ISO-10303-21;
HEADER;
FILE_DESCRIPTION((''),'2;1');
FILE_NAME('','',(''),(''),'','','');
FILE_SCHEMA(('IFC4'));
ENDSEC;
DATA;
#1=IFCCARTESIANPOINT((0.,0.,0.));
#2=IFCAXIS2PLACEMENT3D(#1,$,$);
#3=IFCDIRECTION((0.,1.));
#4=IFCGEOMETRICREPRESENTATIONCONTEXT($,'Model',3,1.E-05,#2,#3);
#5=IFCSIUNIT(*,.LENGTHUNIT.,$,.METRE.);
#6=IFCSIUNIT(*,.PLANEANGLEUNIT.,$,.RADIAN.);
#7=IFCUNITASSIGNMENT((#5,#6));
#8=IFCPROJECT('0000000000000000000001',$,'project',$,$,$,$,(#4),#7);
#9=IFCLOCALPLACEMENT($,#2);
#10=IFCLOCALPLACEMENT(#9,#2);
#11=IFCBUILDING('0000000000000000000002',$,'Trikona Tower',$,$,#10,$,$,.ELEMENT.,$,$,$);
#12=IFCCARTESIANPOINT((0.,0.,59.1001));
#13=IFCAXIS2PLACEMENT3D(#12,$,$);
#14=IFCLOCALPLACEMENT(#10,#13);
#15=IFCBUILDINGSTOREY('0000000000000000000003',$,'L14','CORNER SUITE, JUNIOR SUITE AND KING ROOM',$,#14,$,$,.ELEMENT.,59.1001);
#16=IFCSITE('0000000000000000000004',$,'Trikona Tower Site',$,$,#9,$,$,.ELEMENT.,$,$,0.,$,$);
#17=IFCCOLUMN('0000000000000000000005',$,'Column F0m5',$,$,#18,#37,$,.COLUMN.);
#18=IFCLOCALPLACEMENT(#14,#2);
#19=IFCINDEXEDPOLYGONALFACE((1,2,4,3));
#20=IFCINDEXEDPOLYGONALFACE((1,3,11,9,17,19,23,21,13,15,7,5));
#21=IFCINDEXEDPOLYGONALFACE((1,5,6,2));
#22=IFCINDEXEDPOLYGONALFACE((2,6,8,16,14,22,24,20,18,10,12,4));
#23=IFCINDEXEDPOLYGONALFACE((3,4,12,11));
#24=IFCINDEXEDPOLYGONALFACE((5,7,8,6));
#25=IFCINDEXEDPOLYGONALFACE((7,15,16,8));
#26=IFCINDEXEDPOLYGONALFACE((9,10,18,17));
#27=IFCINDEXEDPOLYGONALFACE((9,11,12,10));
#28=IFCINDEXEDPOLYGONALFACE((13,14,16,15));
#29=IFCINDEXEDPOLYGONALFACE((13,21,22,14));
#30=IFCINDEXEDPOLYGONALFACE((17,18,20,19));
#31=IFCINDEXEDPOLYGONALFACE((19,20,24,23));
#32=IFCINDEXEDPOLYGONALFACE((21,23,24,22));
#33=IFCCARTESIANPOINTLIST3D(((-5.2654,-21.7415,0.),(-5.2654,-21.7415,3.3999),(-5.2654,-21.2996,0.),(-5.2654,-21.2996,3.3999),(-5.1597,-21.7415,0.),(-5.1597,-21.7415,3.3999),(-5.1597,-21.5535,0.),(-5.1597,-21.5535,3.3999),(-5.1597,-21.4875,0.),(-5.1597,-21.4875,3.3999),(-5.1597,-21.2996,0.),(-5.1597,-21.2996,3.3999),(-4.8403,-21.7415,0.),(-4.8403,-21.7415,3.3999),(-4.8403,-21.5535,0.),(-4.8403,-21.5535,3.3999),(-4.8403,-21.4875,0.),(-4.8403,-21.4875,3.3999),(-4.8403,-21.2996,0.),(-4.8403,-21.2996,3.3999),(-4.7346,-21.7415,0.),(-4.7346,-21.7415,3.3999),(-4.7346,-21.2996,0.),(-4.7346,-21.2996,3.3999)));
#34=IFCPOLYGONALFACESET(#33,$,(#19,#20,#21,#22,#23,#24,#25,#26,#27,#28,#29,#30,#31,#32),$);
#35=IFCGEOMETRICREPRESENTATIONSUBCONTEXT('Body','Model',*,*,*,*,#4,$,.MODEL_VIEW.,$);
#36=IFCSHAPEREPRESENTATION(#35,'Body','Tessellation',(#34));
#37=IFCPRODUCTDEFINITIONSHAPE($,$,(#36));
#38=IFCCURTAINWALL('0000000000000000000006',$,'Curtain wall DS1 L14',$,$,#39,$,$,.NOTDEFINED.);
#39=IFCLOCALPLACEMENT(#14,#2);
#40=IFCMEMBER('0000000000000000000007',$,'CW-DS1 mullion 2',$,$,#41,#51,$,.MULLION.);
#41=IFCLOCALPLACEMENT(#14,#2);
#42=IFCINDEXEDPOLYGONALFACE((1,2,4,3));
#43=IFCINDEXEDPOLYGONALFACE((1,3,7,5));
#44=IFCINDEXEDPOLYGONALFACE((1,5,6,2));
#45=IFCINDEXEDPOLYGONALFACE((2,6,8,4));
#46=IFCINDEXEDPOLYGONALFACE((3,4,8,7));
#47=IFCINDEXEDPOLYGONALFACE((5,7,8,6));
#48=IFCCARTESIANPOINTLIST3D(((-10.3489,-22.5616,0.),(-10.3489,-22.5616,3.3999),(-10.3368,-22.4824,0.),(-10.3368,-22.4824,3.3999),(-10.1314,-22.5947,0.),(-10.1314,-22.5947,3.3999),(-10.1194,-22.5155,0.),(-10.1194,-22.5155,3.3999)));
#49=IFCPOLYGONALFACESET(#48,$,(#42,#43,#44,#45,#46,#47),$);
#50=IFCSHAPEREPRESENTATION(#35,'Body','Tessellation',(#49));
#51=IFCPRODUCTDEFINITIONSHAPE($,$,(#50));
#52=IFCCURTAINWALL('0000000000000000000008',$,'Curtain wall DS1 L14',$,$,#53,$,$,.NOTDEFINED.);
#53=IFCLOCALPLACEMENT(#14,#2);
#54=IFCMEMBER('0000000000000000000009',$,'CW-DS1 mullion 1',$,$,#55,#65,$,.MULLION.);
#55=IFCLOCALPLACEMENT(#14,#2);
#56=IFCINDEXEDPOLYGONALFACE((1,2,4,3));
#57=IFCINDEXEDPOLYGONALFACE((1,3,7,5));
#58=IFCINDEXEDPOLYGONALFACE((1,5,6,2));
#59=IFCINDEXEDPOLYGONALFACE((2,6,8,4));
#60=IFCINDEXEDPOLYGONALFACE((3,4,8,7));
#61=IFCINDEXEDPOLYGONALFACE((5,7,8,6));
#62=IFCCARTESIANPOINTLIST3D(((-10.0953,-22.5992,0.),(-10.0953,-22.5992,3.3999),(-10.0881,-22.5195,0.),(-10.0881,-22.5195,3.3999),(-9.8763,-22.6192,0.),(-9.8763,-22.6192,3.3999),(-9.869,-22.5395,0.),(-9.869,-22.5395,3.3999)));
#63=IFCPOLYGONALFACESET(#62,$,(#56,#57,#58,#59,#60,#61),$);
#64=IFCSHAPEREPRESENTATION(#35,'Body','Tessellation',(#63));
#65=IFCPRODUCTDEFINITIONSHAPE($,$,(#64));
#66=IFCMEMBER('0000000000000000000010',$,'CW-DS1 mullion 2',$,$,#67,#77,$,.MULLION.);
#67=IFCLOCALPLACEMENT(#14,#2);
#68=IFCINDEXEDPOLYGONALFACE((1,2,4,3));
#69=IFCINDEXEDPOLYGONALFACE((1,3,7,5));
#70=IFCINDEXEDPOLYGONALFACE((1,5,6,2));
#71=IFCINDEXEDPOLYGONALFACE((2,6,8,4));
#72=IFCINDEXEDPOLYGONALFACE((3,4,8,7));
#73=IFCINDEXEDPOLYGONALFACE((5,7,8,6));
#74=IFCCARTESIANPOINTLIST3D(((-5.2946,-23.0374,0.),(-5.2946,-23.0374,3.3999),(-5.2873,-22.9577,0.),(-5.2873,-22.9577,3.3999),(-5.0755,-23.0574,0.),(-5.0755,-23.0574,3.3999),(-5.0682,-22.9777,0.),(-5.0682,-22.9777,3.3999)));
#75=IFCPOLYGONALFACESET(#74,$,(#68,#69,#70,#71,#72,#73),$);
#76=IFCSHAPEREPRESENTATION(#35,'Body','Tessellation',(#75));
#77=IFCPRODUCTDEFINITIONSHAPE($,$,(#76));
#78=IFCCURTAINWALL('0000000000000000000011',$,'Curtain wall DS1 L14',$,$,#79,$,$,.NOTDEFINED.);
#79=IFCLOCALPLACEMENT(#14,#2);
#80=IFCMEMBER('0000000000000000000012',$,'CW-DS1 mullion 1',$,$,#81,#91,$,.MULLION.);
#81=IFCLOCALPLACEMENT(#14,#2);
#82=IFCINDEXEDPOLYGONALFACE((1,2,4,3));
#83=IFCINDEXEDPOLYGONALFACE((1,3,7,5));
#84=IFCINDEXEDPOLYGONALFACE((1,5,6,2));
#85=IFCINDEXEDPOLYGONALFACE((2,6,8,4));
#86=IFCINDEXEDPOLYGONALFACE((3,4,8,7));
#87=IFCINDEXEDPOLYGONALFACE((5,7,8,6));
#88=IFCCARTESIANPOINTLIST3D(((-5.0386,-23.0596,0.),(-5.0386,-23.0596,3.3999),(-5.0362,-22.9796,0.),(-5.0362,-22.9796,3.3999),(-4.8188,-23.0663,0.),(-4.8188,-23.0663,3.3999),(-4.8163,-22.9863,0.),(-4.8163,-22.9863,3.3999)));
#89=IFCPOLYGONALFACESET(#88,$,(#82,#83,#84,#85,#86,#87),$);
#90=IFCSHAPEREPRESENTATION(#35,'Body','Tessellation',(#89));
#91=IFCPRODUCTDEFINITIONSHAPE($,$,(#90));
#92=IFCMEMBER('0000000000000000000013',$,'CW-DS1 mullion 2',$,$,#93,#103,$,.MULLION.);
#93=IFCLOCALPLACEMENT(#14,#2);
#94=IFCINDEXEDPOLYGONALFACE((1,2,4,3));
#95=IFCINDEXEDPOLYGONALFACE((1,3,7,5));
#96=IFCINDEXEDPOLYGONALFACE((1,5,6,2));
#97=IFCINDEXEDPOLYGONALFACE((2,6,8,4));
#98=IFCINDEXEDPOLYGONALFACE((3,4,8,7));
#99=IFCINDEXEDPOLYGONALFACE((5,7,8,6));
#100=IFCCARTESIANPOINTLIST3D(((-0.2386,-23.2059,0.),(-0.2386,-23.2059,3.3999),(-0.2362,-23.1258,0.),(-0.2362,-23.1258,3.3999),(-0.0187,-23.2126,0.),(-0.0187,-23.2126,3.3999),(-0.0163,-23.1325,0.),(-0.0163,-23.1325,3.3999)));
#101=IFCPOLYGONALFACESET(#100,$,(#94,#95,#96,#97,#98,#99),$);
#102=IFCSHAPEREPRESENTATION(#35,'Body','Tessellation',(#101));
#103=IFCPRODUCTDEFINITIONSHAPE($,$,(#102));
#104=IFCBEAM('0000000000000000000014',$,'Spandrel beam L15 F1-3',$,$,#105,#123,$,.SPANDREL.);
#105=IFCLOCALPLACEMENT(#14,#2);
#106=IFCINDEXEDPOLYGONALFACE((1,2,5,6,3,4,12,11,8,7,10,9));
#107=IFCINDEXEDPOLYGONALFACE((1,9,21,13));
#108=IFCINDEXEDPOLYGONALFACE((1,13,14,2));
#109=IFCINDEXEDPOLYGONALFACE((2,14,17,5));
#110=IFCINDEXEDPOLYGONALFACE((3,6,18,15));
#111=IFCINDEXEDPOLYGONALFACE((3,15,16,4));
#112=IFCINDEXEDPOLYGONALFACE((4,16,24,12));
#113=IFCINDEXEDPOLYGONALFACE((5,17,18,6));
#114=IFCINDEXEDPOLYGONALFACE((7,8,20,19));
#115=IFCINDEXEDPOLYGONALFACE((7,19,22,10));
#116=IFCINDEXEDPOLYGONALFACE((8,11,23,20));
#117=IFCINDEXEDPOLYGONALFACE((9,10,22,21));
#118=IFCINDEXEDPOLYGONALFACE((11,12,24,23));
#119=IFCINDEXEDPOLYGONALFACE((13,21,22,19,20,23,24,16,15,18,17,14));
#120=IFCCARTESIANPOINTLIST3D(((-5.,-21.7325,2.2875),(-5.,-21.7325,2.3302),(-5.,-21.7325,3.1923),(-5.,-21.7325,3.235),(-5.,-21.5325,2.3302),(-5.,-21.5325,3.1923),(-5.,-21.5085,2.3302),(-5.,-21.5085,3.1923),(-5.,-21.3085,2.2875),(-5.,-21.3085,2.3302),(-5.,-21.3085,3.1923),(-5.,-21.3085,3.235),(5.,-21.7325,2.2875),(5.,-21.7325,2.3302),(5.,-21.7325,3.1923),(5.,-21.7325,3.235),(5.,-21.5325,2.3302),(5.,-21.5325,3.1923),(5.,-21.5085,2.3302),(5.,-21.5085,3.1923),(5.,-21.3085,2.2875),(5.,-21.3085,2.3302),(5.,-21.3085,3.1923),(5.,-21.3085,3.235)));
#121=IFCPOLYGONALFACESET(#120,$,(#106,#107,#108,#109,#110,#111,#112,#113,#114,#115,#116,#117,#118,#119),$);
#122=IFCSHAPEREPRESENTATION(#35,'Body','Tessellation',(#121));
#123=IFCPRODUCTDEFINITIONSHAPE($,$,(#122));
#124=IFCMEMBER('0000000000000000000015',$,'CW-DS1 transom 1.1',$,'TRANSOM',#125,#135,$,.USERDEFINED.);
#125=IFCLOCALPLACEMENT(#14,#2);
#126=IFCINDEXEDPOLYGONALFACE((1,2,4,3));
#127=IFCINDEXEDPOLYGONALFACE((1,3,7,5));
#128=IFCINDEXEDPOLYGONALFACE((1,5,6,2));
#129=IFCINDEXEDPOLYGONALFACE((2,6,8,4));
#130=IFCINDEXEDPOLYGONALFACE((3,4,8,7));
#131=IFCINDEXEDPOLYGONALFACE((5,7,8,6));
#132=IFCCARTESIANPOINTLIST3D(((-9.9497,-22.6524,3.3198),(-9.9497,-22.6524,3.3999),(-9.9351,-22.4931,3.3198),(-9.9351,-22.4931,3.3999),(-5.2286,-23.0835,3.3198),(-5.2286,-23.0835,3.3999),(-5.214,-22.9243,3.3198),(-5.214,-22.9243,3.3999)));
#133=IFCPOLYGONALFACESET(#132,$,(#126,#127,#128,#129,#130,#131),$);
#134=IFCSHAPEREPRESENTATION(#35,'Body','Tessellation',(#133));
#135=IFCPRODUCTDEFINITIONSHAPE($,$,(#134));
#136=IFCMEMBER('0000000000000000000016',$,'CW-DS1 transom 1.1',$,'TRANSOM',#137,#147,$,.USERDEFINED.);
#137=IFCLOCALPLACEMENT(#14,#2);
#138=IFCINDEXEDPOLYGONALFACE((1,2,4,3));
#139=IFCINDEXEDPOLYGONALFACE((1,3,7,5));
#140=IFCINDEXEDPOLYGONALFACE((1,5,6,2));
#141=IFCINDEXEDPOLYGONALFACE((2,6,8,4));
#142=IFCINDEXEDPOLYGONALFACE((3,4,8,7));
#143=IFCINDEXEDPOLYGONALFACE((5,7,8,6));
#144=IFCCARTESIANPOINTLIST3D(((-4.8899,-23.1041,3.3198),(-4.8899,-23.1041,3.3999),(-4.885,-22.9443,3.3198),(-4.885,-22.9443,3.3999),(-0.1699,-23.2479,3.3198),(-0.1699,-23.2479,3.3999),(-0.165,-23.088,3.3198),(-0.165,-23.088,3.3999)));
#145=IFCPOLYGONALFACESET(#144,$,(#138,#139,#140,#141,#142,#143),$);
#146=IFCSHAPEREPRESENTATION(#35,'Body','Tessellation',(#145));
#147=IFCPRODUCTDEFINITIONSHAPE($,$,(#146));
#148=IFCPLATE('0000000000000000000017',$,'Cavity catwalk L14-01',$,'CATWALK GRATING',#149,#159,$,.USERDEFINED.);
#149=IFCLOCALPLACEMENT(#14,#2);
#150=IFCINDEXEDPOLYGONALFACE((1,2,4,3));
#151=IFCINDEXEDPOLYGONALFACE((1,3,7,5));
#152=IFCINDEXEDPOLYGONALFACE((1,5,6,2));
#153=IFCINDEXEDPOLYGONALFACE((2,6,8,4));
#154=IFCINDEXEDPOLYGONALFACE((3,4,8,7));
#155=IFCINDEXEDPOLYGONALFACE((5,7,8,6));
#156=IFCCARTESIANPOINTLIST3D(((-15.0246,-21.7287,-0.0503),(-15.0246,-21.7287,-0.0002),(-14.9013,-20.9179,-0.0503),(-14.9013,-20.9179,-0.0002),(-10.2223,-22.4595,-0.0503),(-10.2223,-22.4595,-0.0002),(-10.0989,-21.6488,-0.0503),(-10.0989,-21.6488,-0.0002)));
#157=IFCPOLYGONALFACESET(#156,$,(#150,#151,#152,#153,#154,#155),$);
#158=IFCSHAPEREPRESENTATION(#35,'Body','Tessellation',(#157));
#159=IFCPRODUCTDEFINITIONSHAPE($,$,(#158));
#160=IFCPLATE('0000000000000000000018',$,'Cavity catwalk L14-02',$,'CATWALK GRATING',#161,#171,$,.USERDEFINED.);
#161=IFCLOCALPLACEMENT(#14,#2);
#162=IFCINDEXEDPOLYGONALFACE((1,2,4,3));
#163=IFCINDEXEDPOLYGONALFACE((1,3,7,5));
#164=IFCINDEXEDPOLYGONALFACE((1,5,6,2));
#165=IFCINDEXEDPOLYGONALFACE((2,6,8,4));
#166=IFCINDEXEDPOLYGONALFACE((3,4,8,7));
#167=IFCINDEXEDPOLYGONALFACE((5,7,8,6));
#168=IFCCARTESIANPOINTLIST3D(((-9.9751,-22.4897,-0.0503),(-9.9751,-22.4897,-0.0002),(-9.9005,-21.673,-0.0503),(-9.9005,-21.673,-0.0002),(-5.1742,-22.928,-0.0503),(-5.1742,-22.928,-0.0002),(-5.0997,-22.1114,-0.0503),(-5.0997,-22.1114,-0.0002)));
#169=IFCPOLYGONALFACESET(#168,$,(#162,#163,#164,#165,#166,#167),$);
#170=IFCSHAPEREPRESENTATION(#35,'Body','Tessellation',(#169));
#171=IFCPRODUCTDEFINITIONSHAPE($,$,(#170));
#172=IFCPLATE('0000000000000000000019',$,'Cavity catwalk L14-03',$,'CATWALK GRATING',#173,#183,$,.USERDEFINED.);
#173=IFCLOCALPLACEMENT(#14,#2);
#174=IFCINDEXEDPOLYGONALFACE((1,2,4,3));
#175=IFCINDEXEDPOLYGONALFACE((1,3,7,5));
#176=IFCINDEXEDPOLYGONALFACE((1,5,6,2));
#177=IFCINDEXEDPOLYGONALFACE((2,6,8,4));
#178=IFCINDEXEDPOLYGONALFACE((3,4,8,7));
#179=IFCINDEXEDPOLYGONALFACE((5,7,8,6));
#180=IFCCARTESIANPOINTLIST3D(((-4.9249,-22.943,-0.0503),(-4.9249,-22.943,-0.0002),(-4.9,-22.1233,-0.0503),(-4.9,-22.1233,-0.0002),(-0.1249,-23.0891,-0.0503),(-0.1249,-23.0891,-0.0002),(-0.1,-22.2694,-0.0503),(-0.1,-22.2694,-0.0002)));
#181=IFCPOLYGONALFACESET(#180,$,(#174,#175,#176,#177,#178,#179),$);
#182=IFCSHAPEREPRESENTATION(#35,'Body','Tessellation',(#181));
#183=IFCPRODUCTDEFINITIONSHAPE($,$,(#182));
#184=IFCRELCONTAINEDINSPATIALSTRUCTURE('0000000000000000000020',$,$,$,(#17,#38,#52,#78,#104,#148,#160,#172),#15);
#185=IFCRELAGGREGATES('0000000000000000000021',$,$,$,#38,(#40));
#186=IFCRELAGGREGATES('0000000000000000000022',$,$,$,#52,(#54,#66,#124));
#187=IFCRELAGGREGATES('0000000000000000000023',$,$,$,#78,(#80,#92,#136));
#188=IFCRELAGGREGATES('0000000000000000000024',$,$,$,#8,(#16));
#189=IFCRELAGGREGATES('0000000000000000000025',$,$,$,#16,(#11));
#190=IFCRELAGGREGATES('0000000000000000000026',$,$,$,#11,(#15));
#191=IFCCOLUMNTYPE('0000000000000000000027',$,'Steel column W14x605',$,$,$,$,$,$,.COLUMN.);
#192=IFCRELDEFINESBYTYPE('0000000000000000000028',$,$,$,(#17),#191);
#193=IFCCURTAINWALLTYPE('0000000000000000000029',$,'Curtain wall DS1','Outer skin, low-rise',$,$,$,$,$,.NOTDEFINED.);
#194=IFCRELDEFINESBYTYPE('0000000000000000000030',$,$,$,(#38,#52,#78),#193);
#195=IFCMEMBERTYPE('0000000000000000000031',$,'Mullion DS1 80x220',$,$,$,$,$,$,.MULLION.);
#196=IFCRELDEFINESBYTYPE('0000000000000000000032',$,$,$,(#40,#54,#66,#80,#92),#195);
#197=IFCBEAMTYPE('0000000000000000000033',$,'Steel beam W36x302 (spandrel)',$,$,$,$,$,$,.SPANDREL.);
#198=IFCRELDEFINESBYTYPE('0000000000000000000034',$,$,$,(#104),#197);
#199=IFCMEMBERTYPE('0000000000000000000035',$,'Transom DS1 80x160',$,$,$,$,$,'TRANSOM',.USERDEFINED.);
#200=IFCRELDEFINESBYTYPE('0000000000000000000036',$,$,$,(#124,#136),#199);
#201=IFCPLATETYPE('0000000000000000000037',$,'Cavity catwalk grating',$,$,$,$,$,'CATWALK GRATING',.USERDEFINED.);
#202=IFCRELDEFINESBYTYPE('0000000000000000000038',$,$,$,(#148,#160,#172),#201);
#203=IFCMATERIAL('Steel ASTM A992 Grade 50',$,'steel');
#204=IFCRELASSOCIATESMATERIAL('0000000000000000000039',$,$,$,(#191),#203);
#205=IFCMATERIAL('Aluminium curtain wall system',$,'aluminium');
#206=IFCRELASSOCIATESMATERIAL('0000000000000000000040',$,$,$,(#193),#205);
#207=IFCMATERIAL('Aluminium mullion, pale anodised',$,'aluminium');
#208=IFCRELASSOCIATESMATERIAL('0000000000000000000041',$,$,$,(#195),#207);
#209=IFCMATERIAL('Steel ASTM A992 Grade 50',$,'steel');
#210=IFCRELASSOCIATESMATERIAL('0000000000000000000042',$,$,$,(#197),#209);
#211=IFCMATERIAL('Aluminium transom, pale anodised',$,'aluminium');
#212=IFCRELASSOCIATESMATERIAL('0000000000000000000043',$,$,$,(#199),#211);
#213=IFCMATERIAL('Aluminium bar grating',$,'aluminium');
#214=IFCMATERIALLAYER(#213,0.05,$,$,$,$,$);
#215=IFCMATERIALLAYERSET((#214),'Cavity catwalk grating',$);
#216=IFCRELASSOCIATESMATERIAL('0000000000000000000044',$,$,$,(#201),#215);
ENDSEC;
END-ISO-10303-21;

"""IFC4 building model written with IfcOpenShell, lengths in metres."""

from ifc_helpers import new_model, si_unit, direction, frame, origin, origin_2d, place, context, subcontext, project, spatial, rectangle, i_section, extrude, material, layer, layer_set, material_profile, profile_set, type_object, element, aggregate, save


model = new_model("IFC4")

# Units and contexts
model_context = context("Model", 3, precision=1e-05, world=origin(), true_north=direction((0.0, 1.0)))
body_context = subcontext(model_context, "Body", "Model", "MODEL_VIEW")
ifc_project = project(units=[si_unit("LENGTHUNIT", "METRE"), si_unit("PLANEANGLEUNIT", "RADIAN")], contexts=[model_context])

# Site, building, storey
site_placement = place(None, origin())
site = spatial("IfcSite", under=ifc_project, at=site_placement, Name="Trikona Tower Site", CompositionType="ELEMENT", RefElevation=0.0)
building_placement = place(site_placement, origin())
building = spatial("IfcBuilding", under=site, at=building_placement, Name="Trikona Tower", CompositionType="ELEMENT")
storey_placement = place(building_placement, frame((0.0, 0.0, 59.1001)))
storey = spatial("IfcBuildingStorey", under=building, at=storey_placement, Name="L14", Description="CORNER SUITE, JUNIOR SUITE AND KING ROOM", CompositionType="ELEMENT", Elevation=59.1001)

# Column
ifc_material_1 = material(Name="Steel ASTM A992 Grade 50", Category="steel")
ifc_material_profile_1 = material_profile(ifc_material_1, i_section(OverallWidth=0.4419, OverallDepth=0.5308, WebThickness=0.0659, FlangeThickness=0.1057, at=origin_2d()), Name="W14X605")
ifc_profile_set_1 = profile_set([ifc_material_profile_1], Name="Steel ASTM A992 Grade 50")
column_type = type_object("IfcColumnType", Name="Steel column W14x605", PredefinedType="COLUMN", material=ifc_profile_set_1)
column_placement = place(storey_placement, frame((-5.0, -21.5205, 0.0), z_axis=(0.0, 0.0, 1.0), x_axis=(0.0, -1.0, 0.0)))
element("IfcColumn", 1, at=column_placement, inside=storey, type_object=column_type, Name="Column F0m5", PredefinedType="COLUMN", context=body_context, shape_type="SweptSolid", body=[
    extrude(i_section(OverallWidth=0.4419, OverallDepth=0.5308, WebThickness=0.0659, FlangeThickness=0.1057, at=origin_2d()), origin(), (0.0, 0.0, 1.0), 3.3999),
])

# Curtain wall, member
ifc_material_2 = material(Name="Aluminium curtain wall system", Category="aluminium")
curtain_wall_type = type_object("IfcCurtainWallType", Name="Curtain wall DS1", Description="Outer skin, low-rise", PredefinedType="NOTDEFINED", material=ifc_material_2)
curtain_wall_1_placement = place(storey_placement, origin())
curtain_wall_1 = element("IfcCurtainWall", 2, at=curtain_wall_1_placement, inside=storey, type_object=curtain_wall_type, Name="Curtain wall DS1 L14", PredefinedType="NOTDEFINED")
ifc_material_3 = material(Name="Aluminium mullion, pale anodised", Category="aluminium")
ifc_material_profile_2 = material_profile(ifc_material_3, rectangle(XDim=0.0801, YDim=0.22, at=origin_2d()), Name="MUL-DS1")
ifc_profile_set_2 = profile_set([ifc_material_profile_2], Name="Aluminium mullion, pale anodised")
member_type_1 = type_object("IfcMemberType", Name="Mullion DS1 80x220", PredefinedType="MULLION", material=ifc_profile_set_2)
member_1_placement = place(storey_placement, frame((-10.2341, -22.5386, 0.0), z_axis=(0.0, 0.0, 1.0), x_axis=(0.150438, 0.988619, 0.0)))
member_1 = element("IfcMember", 3, at=member_1_placement, type_object=member_type_1, Name="CW-DS1 mullion 2", PredefinedType="MULLION", context=body_context, shape_type="SweptSolid", body=[
    extrude(rectangle(XDim=0.0801, YDim=0.22, at=origin_2d()), origin(), (0.0, 0.0, 1.0), 3.3999),
])

# Curtain walls, members
curtain_wall_2_placement = place(storey_placement, origin())
curtain_wall_2 = element("IfcCurtainWall", 4, at=curtain_wall_2_placement, inside=storey, type_object=curtain_wall_type, Name="Curtain wall DS1 L14", PredefinedType="NOTDEFINED")
member_2_placement = place(storey_placement, frame((-9.9822, -22.5693, 0.0), z_axis=(0.0, 0.0, 1.0), x_axis=(0.090924, 0.995858, 0.0)))
member_2 = element("IfcMember", 5, at=member_2_placement, type_object=member_type_1, Name="CW-DS1 mullion 1", PredefinedType="MULLION", context=body_context, shape_type="SweptSolid", body=[
    extrude(rectangle(XDim=0.0801, YDim=0.22, at=origin_2d()), origin(), (0.0, 0.0, 1.0), 3.3999),
])
member_3_placement = place(storey_placement, frame((-5.1814, -23.0076, 0.0), z_axis=(0.0, 0.0, 1.0), x_axis=(0.090924, 0.995858, 0.0)))
member_3 = element("IfcMember", 6, at=member_3_placement, type_object=member_type_1, Name="CW-DS1 mullion 2", PredefinedType="MULLION", context=body_context, shape_type="SweptSolid", body=[
    extrude(rectangle(XDim=0.0801, YDim=0.22, at=origin_2d()), origin(), (0.0, 0.0, 1.0), 3.3999),
])
curtain_wall_3_placement = place(storey_placement, origin())
curtain_wall_3 = element("IfcCurtainWall", 7, at=curtain_wall_3_placement, inside=storey, type_object=curtain_wall_type, Name="Curtain wall DS1 L14", PredefinedType="NOTDEFINED")
member_4_placement = place(storey_placement, frame((-4.9275, -23.0229, 0.0), z_axis=(0.0, 0.0, 1.0), x_axis=(0.030437, 0.999537, 0.0)))
member_4 = element("IfcMember", 8, at=member_4_placement, type_object=member_type_1, Name="CW-DS1 mullion 1", PredefinedType="MULLION", context=body_context, shape_type="SweptSolid", body=[
    extrude(rectangle(XDim=0.0801, YDim=0.22, at=origin_2d()), origin(), (0.0, 0.0, 1.0), 3.3999),
])
member_5_placement = place(storey_placement, frame((-0.1274, -23.1692, 0.0), z_axis=(0.0, 0.0, 1.0), x_axis=(0.030437, 0.999537, 0.0)))
member_5 = element("IfcMember", 9, at=member_5_placement, type_object=member_type_1, Name="CW-DS1 mullion 2", PredefinedType="MULLION", context=body_context, shape_type="SweptSolid", body=[
    extrude(rectangle(XDim=0.0801, YDim=0.22, at=origin_2d()), origin(), (0.0, 0.0, 1.0), 3.3999),
])

# Beam
ifc_material_4 = material(Name="Steel ASTM A992 Grade 50", Category="steel")
ifc_material_profile_3 = material_profile(ifc_material_4, i_section(OverallWidth=0.4241, OverallDepth=0.9475, WebThickness=0.0239, FlangeThickness=0.0427, at=origin_2d()), Name="W36X302")
ifc_profile_set_3 = profile_set([ifc_material_profile_3], Name="Steel ASTM A992 Grade 50")
beam_type = type_object("IfcBeamType", Name="Steel beam W36x302 (spandrel)", PredefinedType="SPANDREL", material=ifc_profile_set_3)
beam_placement = place(storey_placement, frame((-5.0, -21.5205, 2.7612), z_axis=(1.0, 0.0, 0.0), x_axis=(0.0, 1.0, 0.0)))
element("IfcBeam", 10, at=beam_placement, inside=storey, type_object=beam_type, Name="Spandrel beam L15 F1-3", PredefinedType="SPANDREL", context=body_context, shape_type="SweptSolid", body=[
    extrude(i_section(OverallWidth=0.4241, OverallDepth=0.9475, WebThickness=0.0239, FlangeThickness=0.0427, at=origin_2d()), origin(), (0.0, 0.0, 1.0), 10.0),
])

# Members
ifc_material_5 = material(Name="Aluminium transom, pale anodised", Category="aluminium")
ifc_material_profile_4 = material_profile(ifc_material_5, rectangle(XDim=0.1599, YDim=0.0801, at=origin_2d()), Name="TRN-DS1")
ifc_profile_set_4 = profile_set([ifc_material_profile_4], Name="Aluminium transom, pale anodised")
member_type_2 = type_object("IfcMemberType", Name="Transom DS1 80x160", ElementType="TRANSOM", PredefinedType="USERDEFINED", material=ifc_profile_set_4)
member_6_placement = place(storey_placement, frame((-9.9424, -22.5728, 3.3599), z_axis=(0.995856, -0.090944, 0.0), x_axis=(0.090944, 0.995856, 0.0)))
member_6 = element("IfcMember", 11, at=member_6_placement, type_object=member_type_2, Name="CW-DS1 transom 1.1", ObjectType="TRANSOM", PredefinedType="USERDEFINED", context=body_context, shape_type="SweptSolid", body=[
    extrude(rectangle(XDim=0.1599, YDim=0.0801, at=origin_2d()), origin(), (0.0, 0.0, 1.0), 4.7407),
])
member_7_placement = place(storey_placement, frame((-4.8875, -23.0242, 3.3599), z_axis=(0.999536, -0.030452, 0.0), x_axis=(0.030452, 0.999536, 0.0)))
member_7 = element("IfcMember", 12, at=member_7_placement, type_object=member_type_2, Name="CW-DS1 transom 1.1", ObjectType="TRANSOM", PredefinedType="USERDEFINED", context=body_context, shape_type="SweptSolid", body=[
    extrude(rectangle(XDim=0.1599, YDim=0.0801, at=origin_2d()), origin(), (0.0, 0.0, 1.0), 4.7222),
])

# Plates
ifc_material_6 = material(Name="Aluminium bar grating", Category="aluminium")
ifc_layer_1 = layer(ifc_material_6, 0.05)
ifc_layer_set_1 = layer_set([ifc_layer_1], Name="Cavity catwalk grating")
plate_type_1 = type_object("IfcPlateType", Name="Cavity catwalk grating", ElementType="CATWALK GRATING", PredefinedType="USERDEFINED", material=ifc_layer_set_1)
plate_1_placement = place(storey_placement, frame((-12.5618, -21.6887, -0.0503), z_axis=(0.0, 0.0, 1.0), x_axis=(0.988618, -0.150448, 0.0)))
element("IfcPlate", 13, at=plate_1_placement, inside=storey, type_object=plate_type_1, Name="Cavity catwalk L14-01", ObjectType="CATWALK GRATING", PredefinedType="USERDEFINED", context=body_context, shape_type="SweptSolid", body=[
    extrude(rectangle(XDim=4.8577, YDim=0.8201, at=origin_2d()), origin(), (0.0, 0.0, 1.0), 0.05),
])
plate_2_placement = place(storey_placement, frame((-7.5374, -22.3005, -0.0503), z_axis=(0.0, 0.0, 1.0), x_axis=(0.995858, -0.090921, 0.0)))
element("IfcPlate", 14, at=plate_2_placement, inside=storey, type_object=plate_type_1, Name="Cavity catwalk L14-02", ObjectType="CATWALK GRATING", PredefinedType="USERDEFINED", context=body_context, shape_type="SweptSolid", body=[
    extrude(rectangle(XDim=4.8208, YDim=0.8201, at=origin_2d()), origin(), (0.0, 0.0, 1.0), 0.05),
])
plate_3_placement = place(storey_placement, frame((-2.5125, -22.6062, -0.0503), z_axis=(0.0, 0.0, 1.0), x_axis=(0.999537, -0.030425, 0.0)))
element("IfcPlate", 15, at=plate_3_placement, inside=storey, type_object=plate_type_1, Name="Cavity catwalk L14-03", ObjectType="CATWALK GRATING", PredefinedType="USERDEFINED", context=body_context, shape_type="SweptSolid", body=[
    extrude(rectangle(XDim=4.8022, YDim=0.8201, at=origin_2d()), origin(), (0.0, 0.0, 1.0), 0.05),
])

aggregate(curtain_wall_1, [member_1])
aggregate(curtain_wall_2, [member_2, member_3, member_6])
aggregate(curtain_wall_3, [member_4, member_5, member_7])

save(model, "model.ifc")
